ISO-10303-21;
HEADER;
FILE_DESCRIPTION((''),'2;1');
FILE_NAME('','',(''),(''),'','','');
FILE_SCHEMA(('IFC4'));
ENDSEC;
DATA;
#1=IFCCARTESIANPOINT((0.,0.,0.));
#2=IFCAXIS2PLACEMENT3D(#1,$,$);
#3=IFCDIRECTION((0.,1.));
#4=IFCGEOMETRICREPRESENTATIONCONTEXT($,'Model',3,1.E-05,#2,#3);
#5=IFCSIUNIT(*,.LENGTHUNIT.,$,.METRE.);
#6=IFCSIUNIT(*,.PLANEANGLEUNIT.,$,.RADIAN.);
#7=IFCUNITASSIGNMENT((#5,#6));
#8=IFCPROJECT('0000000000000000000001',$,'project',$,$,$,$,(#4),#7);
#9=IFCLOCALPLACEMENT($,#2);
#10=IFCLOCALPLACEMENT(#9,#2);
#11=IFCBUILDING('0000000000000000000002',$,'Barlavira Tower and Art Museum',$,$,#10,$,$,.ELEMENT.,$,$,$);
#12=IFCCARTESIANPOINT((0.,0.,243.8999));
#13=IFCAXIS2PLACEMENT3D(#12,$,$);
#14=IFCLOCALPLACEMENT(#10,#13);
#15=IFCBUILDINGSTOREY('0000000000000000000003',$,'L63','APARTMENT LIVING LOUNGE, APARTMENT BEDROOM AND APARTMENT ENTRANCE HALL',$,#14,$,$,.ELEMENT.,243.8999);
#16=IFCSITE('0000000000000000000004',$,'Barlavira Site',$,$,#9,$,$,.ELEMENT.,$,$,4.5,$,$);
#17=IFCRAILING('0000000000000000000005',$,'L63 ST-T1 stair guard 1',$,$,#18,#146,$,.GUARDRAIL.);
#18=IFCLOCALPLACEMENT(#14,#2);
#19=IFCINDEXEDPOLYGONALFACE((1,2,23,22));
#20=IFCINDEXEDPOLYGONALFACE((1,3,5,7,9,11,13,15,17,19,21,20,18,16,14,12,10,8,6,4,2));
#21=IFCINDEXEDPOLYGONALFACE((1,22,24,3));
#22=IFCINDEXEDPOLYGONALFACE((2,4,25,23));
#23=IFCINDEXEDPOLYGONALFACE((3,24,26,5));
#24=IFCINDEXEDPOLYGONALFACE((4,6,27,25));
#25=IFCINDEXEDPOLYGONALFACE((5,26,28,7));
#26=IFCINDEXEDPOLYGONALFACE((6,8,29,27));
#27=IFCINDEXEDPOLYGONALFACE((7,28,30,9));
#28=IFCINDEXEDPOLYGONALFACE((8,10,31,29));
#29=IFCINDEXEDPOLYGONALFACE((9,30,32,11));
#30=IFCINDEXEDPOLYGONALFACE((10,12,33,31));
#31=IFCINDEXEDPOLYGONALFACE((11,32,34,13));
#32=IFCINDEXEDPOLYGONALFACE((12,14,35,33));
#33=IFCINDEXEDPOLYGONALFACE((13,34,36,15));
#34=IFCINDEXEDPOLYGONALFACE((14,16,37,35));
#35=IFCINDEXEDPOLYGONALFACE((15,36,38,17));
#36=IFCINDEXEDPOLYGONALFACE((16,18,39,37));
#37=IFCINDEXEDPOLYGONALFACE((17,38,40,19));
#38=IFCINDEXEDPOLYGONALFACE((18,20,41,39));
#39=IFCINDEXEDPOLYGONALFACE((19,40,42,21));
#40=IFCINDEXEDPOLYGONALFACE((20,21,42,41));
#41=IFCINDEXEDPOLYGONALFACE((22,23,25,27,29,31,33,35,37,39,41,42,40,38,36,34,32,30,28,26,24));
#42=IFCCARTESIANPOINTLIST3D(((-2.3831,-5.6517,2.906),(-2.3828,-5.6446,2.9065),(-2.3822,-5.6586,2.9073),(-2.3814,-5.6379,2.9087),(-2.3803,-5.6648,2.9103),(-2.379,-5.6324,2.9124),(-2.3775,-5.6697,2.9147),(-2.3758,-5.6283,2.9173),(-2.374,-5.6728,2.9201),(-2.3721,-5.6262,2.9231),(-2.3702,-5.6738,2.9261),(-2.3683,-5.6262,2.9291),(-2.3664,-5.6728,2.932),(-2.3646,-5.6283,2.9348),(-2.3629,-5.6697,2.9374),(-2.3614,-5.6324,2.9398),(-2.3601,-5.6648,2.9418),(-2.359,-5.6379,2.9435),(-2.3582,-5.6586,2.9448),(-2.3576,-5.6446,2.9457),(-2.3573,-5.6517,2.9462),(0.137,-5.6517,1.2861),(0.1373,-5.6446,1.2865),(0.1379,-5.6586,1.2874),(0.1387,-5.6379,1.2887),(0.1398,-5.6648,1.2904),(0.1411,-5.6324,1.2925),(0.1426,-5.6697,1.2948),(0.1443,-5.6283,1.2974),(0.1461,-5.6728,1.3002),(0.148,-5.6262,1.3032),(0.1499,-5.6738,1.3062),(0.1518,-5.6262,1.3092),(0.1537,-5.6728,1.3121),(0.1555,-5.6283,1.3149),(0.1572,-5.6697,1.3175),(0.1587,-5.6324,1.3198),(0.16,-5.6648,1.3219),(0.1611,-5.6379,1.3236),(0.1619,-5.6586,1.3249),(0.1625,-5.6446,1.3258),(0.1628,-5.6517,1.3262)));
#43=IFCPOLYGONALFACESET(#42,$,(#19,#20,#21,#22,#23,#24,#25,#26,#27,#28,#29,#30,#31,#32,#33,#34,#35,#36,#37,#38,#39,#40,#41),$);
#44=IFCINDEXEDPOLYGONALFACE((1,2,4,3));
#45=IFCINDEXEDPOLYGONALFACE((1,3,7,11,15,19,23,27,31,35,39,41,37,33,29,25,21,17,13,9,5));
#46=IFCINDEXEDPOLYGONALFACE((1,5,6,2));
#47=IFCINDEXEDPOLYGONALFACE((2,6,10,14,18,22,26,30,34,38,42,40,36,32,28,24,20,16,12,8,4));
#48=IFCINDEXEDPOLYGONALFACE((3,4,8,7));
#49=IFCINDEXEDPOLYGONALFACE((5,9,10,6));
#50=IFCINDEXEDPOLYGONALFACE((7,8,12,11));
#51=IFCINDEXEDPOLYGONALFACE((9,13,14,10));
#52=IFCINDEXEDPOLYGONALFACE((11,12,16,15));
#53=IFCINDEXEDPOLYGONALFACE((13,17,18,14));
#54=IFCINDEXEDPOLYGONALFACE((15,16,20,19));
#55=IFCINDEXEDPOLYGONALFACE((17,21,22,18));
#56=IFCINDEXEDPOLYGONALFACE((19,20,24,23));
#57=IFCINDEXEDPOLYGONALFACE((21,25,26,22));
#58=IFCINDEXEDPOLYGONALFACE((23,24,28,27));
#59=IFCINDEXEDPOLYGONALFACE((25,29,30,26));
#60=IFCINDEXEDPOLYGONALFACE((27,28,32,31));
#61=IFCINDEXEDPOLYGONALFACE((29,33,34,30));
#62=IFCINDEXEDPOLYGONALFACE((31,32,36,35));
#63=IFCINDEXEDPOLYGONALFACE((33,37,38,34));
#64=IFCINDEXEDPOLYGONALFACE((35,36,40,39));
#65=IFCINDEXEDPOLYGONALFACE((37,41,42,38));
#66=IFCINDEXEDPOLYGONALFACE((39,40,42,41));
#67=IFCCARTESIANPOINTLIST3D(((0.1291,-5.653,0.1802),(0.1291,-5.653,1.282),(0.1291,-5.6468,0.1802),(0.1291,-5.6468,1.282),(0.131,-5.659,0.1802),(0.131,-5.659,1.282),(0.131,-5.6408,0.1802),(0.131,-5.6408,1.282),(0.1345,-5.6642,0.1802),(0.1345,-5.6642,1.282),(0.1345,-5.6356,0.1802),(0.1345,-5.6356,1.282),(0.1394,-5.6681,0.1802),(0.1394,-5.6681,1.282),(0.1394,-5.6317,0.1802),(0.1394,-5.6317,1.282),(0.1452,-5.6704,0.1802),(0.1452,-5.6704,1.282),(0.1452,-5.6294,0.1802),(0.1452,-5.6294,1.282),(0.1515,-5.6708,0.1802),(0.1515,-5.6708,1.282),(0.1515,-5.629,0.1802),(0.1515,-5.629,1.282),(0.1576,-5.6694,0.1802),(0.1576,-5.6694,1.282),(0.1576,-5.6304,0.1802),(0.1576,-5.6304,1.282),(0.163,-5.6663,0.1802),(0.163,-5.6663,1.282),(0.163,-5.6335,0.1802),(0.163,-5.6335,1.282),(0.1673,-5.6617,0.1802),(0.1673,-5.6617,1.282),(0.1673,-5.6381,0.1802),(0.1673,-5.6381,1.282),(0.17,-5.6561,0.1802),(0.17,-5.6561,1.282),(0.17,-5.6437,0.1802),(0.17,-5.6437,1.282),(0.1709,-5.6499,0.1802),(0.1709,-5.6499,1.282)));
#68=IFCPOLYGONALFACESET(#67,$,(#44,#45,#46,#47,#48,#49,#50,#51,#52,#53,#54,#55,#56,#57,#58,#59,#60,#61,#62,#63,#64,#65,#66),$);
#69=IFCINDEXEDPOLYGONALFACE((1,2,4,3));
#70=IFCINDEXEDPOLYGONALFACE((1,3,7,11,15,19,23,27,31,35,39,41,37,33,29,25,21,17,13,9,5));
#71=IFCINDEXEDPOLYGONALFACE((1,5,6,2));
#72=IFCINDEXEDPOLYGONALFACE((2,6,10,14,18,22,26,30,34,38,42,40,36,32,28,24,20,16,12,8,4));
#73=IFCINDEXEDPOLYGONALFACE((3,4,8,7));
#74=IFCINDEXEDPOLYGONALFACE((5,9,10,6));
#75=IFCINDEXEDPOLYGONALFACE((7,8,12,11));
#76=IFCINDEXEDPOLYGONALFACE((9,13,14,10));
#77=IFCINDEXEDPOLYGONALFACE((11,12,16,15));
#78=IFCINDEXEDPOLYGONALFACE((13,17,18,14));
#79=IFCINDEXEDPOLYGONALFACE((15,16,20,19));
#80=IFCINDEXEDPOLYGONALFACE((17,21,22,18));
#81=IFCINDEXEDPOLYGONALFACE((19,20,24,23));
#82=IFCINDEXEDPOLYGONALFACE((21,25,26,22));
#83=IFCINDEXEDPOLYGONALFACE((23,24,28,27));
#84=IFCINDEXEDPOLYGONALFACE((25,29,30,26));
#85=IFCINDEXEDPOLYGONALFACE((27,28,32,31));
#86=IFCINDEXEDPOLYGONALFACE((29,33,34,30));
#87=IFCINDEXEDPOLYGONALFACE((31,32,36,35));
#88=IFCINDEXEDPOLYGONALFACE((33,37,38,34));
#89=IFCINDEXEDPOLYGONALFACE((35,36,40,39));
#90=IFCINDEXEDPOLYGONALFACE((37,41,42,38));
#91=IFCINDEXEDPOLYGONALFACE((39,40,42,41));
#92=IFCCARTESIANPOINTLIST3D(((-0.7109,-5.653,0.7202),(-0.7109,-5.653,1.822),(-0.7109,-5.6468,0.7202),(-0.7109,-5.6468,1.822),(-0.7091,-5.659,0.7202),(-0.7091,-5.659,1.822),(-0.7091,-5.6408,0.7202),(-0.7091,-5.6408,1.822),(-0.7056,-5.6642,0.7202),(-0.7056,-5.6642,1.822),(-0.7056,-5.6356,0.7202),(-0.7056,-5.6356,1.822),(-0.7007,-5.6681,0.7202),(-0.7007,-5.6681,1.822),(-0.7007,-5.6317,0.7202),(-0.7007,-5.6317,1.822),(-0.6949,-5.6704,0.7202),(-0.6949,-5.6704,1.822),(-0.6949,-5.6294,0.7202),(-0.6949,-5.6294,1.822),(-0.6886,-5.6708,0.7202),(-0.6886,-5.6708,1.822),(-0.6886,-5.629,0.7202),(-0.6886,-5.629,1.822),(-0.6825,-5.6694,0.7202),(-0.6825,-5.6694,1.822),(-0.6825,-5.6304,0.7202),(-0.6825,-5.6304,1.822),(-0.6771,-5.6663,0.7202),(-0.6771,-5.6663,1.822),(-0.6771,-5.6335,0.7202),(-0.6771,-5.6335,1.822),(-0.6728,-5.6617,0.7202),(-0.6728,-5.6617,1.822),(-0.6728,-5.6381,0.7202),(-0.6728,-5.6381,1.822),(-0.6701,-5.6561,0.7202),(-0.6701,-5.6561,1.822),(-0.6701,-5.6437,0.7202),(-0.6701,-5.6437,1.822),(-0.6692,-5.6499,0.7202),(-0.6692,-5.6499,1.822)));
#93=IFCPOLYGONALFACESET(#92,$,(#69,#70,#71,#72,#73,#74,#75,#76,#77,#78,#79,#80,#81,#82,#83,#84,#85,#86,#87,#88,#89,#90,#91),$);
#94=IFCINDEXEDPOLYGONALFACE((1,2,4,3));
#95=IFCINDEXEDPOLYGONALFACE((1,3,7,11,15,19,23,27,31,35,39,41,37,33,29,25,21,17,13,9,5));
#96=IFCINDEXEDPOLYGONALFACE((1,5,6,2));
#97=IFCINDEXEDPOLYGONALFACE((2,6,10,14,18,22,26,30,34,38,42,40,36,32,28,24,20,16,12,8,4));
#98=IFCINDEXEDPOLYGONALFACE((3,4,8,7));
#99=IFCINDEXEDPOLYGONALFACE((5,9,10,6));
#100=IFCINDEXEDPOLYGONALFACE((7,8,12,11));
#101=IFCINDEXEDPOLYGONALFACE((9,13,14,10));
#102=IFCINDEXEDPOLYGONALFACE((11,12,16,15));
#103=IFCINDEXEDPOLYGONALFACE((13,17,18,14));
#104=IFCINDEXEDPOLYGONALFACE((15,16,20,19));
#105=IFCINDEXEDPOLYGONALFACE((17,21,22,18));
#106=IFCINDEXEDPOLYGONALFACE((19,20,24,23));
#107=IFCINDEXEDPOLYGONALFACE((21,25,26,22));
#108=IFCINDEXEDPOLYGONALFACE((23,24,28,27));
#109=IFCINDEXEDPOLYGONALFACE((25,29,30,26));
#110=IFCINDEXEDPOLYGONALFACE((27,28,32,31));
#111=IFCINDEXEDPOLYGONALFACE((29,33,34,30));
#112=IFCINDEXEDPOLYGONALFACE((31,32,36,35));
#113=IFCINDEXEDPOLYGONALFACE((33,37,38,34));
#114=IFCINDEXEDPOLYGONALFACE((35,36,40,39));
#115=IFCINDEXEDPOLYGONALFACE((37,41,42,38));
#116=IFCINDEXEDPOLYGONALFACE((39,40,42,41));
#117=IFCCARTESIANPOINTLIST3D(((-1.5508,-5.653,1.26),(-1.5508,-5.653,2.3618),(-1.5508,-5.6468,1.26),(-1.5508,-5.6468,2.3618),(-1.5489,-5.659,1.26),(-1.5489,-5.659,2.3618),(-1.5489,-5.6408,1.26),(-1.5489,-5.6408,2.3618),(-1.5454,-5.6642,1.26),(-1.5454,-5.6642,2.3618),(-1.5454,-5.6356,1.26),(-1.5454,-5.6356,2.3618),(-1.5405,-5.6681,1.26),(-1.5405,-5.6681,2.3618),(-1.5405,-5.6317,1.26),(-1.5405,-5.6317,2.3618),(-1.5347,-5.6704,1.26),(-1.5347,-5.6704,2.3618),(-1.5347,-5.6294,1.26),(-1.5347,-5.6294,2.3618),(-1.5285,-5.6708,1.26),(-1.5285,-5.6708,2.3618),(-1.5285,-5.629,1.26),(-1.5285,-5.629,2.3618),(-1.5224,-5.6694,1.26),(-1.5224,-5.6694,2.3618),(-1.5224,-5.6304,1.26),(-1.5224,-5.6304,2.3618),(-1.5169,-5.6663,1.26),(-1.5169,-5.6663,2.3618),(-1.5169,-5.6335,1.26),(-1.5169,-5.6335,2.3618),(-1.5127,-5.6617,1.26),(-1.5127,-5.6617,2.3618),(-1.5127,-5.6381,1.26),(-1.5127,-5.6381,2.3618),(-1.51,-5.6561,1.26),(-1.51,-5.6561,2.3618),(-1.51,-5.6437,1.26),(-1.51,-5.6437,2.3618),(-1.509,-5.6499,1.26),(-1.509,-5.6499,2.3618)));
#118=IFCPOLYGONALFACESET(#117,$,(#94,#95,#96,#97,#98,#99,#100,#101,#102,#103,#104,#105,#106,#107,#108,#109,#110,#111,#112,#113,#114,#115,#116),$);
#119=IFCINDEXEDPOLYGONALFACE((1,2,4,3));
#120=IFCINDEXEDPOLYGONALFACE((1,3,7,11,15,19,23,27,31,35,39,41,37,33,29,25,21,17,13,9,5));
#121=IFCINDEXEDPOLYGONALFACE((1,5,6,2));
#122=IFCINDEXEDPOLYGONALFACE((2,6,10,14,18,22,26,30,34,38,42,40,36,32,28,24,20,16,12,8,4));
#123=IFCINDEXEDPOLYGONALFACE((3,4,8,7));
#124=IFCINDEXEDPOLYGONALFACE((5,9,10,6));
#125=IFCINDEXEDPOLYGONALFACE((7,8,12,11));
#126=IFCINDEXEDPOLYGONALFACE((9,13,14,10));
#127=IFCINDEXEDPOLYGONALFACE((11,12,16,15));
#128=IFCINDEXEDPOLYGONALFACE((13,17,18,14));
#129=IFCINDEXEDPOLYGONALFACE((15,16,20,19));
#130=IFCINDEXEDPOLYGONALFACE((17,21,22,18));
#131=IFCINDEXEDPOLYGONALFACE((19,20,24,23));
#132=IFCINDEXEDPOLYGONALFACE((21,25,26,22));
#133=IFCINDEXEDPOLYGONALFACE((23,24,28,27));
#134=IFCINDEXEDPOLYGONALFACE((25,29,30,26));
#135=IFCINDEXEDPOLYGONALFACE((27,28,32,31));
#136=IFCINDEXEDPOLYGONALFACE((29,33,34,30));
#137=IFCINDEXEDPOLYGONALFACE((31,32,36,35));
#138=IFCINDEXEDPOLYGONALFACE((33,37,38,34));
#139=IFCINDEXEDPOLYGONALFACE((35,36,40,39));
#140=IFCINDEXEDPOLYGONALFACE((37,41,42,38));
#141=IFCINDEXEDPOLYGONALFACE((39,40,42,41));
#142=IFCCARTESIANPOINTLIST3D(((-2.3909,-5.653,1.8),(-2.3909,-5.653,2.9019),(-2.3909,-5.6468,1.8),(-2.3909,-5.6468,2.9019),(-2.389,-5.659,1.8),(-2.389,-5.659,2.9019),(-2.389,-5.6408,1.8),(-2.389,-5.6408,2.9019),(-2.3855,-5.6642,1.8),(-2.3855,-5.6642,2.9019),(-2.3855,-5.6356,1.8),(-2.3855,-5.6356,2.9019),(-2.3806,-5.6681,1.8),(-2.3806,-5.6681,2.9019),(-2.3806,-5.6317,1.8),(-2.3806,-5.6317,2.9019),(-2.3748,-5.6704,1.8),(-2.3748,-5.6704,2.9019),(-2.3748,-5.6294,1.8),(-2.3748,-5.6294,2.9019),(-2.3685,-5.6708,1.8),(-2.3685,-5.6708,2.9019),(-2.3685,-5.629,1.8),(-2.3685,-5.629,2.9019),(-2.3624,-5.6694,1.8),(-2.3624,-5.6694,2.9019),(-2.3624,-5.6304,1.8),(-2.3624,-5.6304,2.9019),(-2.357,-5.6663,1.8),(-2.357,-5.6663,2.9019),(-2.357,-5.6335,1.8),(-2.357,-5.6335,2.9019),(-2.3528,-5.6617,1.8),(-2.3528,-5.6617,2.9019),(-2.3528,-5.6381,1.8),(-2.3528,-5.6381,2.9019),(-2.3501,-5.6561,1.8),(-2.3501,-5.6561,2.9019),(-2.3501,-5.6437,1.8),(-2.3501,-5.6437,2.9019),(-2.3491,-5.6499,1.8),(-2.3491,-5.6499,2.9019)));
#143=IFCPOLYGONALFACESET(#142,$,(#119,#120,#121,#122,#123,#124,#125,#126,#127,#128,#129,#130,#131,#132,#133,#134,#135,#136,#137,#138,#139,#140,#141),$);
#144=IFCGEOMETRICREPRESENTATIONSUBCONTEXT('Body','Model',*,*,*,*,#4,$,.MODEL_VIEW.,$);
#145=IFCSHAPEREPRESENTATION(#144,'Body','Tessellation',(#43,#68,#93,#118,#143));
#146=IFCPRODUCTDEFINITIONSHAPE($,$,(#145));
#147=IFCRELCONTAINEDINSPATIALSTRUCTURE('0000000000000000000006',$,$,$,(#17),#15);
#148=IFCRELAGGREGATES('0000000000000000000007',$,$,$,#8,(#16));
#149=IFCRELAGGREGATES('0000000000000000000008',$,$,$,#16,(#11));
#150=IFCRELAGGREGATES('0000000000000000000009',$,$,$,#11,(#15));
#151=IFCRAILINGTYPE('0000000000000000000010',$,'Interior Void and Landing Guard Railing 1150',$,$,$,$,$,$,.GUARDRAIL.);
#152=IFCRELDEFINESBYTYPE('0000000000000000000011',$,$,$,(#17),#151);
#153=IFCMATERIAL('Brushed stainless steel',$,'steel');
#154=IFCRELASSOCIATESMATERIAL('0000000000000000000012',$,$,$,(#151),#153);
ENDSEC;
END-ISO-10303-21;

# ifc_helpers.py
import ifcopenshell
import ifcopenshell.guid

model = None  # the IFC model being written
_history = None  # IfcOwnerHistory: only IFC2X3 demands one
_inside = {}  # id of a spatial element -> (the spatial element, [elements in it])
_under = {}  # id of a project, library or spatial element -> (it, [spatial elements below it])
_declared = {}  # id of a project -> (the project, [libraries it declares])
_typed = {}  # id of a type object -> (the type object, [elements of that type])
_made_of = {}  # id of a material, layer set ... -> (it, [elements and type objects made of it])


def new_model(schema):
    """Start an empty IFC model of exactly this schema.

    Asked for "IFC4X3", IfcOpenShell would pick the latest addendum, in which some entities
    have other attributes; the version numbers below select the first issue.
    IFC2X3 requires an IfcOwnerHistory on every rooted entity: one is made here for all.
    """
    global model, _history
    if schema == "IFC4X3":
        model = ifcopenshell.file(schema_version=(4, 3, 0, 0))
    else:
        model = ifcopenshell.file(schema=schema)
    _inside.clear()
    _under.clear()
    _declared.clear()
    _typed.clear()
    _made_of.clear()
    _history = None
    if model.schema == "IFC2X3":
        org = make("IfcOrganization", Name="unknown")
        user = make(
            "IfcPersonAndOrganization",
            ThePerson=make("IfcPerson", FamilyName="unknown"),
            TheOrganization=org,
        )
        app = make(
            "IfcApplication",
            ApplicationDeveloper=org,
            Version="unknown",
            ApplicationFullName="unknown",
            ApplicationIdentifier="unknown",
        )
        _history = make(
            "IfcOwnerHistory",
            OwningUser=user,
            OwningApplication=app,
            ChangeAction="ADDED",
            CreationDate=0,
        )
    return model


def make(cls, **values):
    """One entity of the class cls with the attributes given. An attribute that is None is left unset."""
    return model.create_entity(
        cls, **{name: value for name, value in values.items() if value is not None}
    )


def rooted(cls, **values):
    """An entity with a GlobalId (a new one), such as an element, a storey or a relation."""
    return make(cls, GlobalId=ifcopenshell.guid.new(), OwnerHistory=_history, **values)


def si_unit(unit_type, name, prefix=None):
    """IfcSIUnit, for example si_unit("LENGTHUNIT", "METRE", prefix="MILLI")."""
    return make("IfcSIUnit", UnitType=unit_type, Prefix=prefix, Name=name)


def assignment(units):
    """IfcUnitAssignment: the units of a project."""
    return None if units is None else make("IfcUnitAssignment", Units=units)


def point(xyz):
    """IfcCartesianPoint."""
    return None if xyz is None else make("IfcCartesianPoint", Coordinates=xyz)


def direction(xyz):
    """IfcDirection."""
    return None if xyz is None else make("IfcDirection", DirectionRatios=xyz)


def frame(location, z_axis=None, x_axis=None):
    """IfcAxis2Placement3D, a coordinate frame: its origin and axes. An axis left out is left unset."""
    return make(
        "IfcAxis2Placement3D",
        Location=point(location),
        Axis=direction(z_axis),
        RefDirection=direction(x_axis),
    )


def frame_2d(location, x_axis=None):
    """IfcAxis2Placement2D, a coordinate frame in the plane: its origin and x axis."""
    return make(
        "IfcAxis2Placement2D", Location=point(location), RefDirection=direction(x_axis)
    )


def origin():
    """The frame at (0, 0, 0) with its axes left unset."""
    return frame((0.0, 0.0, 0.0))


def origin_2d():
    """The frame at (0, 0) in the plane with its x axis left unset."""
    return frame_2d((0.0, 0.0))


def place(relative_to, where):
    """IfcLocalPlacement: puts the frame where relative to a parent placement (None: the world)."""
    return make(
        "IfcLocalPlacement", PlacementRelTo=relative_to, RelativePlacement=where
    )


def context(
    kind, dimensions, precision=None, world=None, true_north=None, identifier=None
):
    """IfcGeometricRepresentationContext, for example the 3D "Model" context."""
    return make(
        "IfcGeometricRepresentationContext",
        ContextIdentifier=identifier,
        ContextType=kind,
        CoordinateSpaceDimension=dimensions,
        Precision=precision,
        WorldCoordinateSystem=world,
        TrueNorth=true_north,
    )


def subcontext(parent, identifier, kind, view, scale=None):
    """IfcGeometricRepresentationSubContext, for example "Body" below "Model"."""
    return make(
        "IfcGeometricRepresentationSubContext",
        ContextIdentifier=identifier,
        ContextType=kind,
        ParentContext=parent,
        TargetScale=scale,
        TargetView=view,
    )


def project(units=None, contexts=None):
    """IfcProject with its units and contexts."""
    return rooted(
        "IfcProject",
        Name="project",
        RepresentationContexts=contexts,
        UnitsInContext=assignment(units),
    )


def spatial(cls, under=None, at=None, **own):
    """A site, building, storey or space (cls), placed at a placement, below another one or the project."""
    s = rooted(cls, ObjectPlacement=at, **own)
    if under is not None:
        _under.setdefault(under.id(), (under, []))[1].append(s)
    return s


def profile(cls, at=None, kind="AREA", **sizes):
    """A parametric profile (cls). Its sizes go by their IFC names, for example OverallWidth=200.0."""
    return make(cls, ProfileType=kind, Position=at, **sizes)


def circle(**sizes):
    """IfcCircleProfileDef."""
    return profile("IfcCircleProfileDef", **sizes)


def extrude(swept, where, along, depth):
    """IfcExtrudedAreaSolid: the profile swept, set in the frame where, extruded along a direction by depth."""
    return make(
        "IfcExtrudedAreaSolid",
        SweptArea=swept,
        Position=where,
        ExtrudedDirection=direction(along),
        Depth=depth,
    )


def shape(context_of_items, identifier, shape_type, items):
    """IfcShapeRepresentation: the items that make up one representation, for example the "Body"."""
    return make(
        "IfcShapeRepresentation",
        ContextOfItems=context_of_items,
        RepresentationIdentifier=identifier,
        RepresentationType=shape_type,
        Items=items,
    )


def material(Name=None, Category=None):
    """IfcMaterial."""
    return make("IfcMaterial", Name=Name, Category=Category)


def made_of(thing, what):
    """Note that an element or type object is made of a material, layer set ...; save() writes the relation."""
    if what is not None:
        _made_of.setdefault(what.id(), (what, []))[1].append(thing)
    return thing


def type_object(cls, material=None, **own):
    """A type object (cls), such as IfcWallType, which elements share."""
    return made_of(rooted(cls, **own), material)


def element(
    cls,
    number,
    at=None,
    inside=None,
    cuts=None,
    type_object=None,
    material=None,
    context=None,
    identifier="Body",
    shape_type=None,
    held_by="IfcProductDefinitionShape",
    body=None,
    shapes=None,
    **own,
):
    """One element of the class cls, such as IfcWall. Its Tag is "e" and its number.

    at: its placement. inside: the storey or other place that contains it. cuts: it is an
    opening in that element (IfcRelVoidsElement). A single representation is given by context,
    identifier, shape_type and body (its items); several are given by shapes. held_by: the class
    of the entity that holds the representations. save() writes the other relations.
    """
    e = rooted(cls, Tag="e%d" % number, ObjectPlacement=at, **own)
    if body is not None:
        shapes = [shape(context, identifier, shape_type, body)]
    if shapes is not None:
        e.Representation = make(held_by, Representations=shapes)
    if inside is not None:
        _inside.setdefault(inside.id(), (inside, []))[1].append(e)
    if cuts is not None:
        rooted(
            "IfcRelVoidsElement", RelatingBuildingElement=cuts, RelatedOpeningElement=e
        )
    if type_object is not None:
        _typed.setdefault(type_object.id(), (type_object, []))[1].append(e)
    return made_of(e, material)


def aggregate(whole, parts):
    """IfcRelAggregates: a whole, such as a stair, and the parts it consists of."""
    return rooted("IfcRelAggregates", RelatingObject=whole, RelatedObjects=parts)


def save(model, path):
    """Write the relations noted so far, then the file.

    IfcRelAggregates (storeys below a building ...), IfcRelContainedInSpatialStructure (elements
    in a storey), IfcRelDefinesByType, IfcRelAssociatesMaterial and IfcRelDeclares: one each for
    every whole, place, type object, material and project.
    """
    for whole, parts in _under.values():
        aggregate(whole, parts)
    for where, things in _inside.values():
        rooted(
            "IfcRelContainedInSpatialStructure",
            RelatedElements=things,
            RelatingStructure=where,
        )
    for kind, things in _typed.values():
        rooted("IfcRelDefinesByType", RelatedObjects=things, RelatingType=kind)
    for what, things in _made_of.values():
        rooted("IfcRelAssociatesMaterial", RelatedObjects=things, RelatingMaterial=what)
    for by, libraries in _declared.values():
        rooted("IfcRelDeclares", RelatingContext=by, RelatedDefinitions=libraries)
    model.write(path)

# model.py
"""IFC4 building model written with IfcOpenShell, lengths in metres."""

from ifc_helpers import new_model, si_unit, direction, frame, origin, origin_2d, place, context, subcontext, project, spatial, circle, extrude, material, type_object, element, save


model = new_model("IFC4")

# Units and contexts
model_context = context("Model", 3, precision=1e-05, world=origin(), true_north=direction((0.0, 1.0)))
body_context = subcontext(model_context, "Body", "Model", "MODEL_VIEW")
ifc_project = project(units=[si_unit("LENGTHUNIT", "METRE"), si_unit("PLANEANGLEUNIT", "RADIAN")], contexts=[model_context])

# Site, building, storey
site_placement = place(None, origin())
site = spatial("IfcSite", under=ifc_project, at=site_placement, Name="Barlavira Site", CompositionType="ELEMENT", RefElevation=4.5)
building_placement = place(site_placement, origin())
building = spatial("IfcBuilding", under=site, at=building_placement, Name="Barlavira Tower and Art Museum", CompositionType="ELEMENT")
storey_placement = place(building_placement, frame((0.0, 0.0, 243.8999)))
storey = spatial("IfcBuildingStorey", under=building, at=storey_placement, Name="L63", Description="APARTMENT LIVING LOUNGE, APARTMENT BEDROOM AND APARTMENT ENTRANCE HALL", CompositionType="ELEMENT", Elevation=243.8999)

# Shared definitions
ifc_material_1 = material(Name="Brushed stainless steel", Category="steel")

# Railing
railing_type_1 = type_object("IfcRailingType", Name="Interior Void and Landing Guard Railing 1150", PredefinedType="GUARDRAIL", material=ifc_material_1)
railing_1_placement = place(storey_placement, frame((0.1499, -5.6499, 0.1802)))
element("IfcRailing", 1, at=railing_1_placement, inside=storey, type_object=railing_type_1, Name="L63 ST-T1 stair guard 1", PredefinedType="GUARDRAIL", context=body_context, shape_type="SweptSolid", body=[
    extrude(circle(Radius=0.0239, at=origin_2d()), frame((0.0, 0.0, 1.126), z_axis=(-0.8412, 0.0, 0.540725), x_axis=(0.0, -1.0, 0.0)), (0.0, 0.0, 1.0), 2.9958),
    extrude(circle(Radius=0.021, at=origin_2d()), origin(), (0.0, 0.0, 1.0), 1.1018),
    extrude(circle(Radius=0.021, at=origin_2d()), frame((-0.8401, 0.0, 0.54)), (0.0, 0.0, 1.0), 1.1018),
    extrude(circle(Radius=0.021, at=origin_2d()), frame((-1.6799, 0.0, 1.0798)), (0.0, 0.0, 1.0), 1.1018),
    extrude(circle(Radius=0.021, at=origin_2d()), frame((-2.52, 0.0, 1.6199)), (0.0, 0.0, 1.0), 1.1018),
])

save(model, "model.ifc")
